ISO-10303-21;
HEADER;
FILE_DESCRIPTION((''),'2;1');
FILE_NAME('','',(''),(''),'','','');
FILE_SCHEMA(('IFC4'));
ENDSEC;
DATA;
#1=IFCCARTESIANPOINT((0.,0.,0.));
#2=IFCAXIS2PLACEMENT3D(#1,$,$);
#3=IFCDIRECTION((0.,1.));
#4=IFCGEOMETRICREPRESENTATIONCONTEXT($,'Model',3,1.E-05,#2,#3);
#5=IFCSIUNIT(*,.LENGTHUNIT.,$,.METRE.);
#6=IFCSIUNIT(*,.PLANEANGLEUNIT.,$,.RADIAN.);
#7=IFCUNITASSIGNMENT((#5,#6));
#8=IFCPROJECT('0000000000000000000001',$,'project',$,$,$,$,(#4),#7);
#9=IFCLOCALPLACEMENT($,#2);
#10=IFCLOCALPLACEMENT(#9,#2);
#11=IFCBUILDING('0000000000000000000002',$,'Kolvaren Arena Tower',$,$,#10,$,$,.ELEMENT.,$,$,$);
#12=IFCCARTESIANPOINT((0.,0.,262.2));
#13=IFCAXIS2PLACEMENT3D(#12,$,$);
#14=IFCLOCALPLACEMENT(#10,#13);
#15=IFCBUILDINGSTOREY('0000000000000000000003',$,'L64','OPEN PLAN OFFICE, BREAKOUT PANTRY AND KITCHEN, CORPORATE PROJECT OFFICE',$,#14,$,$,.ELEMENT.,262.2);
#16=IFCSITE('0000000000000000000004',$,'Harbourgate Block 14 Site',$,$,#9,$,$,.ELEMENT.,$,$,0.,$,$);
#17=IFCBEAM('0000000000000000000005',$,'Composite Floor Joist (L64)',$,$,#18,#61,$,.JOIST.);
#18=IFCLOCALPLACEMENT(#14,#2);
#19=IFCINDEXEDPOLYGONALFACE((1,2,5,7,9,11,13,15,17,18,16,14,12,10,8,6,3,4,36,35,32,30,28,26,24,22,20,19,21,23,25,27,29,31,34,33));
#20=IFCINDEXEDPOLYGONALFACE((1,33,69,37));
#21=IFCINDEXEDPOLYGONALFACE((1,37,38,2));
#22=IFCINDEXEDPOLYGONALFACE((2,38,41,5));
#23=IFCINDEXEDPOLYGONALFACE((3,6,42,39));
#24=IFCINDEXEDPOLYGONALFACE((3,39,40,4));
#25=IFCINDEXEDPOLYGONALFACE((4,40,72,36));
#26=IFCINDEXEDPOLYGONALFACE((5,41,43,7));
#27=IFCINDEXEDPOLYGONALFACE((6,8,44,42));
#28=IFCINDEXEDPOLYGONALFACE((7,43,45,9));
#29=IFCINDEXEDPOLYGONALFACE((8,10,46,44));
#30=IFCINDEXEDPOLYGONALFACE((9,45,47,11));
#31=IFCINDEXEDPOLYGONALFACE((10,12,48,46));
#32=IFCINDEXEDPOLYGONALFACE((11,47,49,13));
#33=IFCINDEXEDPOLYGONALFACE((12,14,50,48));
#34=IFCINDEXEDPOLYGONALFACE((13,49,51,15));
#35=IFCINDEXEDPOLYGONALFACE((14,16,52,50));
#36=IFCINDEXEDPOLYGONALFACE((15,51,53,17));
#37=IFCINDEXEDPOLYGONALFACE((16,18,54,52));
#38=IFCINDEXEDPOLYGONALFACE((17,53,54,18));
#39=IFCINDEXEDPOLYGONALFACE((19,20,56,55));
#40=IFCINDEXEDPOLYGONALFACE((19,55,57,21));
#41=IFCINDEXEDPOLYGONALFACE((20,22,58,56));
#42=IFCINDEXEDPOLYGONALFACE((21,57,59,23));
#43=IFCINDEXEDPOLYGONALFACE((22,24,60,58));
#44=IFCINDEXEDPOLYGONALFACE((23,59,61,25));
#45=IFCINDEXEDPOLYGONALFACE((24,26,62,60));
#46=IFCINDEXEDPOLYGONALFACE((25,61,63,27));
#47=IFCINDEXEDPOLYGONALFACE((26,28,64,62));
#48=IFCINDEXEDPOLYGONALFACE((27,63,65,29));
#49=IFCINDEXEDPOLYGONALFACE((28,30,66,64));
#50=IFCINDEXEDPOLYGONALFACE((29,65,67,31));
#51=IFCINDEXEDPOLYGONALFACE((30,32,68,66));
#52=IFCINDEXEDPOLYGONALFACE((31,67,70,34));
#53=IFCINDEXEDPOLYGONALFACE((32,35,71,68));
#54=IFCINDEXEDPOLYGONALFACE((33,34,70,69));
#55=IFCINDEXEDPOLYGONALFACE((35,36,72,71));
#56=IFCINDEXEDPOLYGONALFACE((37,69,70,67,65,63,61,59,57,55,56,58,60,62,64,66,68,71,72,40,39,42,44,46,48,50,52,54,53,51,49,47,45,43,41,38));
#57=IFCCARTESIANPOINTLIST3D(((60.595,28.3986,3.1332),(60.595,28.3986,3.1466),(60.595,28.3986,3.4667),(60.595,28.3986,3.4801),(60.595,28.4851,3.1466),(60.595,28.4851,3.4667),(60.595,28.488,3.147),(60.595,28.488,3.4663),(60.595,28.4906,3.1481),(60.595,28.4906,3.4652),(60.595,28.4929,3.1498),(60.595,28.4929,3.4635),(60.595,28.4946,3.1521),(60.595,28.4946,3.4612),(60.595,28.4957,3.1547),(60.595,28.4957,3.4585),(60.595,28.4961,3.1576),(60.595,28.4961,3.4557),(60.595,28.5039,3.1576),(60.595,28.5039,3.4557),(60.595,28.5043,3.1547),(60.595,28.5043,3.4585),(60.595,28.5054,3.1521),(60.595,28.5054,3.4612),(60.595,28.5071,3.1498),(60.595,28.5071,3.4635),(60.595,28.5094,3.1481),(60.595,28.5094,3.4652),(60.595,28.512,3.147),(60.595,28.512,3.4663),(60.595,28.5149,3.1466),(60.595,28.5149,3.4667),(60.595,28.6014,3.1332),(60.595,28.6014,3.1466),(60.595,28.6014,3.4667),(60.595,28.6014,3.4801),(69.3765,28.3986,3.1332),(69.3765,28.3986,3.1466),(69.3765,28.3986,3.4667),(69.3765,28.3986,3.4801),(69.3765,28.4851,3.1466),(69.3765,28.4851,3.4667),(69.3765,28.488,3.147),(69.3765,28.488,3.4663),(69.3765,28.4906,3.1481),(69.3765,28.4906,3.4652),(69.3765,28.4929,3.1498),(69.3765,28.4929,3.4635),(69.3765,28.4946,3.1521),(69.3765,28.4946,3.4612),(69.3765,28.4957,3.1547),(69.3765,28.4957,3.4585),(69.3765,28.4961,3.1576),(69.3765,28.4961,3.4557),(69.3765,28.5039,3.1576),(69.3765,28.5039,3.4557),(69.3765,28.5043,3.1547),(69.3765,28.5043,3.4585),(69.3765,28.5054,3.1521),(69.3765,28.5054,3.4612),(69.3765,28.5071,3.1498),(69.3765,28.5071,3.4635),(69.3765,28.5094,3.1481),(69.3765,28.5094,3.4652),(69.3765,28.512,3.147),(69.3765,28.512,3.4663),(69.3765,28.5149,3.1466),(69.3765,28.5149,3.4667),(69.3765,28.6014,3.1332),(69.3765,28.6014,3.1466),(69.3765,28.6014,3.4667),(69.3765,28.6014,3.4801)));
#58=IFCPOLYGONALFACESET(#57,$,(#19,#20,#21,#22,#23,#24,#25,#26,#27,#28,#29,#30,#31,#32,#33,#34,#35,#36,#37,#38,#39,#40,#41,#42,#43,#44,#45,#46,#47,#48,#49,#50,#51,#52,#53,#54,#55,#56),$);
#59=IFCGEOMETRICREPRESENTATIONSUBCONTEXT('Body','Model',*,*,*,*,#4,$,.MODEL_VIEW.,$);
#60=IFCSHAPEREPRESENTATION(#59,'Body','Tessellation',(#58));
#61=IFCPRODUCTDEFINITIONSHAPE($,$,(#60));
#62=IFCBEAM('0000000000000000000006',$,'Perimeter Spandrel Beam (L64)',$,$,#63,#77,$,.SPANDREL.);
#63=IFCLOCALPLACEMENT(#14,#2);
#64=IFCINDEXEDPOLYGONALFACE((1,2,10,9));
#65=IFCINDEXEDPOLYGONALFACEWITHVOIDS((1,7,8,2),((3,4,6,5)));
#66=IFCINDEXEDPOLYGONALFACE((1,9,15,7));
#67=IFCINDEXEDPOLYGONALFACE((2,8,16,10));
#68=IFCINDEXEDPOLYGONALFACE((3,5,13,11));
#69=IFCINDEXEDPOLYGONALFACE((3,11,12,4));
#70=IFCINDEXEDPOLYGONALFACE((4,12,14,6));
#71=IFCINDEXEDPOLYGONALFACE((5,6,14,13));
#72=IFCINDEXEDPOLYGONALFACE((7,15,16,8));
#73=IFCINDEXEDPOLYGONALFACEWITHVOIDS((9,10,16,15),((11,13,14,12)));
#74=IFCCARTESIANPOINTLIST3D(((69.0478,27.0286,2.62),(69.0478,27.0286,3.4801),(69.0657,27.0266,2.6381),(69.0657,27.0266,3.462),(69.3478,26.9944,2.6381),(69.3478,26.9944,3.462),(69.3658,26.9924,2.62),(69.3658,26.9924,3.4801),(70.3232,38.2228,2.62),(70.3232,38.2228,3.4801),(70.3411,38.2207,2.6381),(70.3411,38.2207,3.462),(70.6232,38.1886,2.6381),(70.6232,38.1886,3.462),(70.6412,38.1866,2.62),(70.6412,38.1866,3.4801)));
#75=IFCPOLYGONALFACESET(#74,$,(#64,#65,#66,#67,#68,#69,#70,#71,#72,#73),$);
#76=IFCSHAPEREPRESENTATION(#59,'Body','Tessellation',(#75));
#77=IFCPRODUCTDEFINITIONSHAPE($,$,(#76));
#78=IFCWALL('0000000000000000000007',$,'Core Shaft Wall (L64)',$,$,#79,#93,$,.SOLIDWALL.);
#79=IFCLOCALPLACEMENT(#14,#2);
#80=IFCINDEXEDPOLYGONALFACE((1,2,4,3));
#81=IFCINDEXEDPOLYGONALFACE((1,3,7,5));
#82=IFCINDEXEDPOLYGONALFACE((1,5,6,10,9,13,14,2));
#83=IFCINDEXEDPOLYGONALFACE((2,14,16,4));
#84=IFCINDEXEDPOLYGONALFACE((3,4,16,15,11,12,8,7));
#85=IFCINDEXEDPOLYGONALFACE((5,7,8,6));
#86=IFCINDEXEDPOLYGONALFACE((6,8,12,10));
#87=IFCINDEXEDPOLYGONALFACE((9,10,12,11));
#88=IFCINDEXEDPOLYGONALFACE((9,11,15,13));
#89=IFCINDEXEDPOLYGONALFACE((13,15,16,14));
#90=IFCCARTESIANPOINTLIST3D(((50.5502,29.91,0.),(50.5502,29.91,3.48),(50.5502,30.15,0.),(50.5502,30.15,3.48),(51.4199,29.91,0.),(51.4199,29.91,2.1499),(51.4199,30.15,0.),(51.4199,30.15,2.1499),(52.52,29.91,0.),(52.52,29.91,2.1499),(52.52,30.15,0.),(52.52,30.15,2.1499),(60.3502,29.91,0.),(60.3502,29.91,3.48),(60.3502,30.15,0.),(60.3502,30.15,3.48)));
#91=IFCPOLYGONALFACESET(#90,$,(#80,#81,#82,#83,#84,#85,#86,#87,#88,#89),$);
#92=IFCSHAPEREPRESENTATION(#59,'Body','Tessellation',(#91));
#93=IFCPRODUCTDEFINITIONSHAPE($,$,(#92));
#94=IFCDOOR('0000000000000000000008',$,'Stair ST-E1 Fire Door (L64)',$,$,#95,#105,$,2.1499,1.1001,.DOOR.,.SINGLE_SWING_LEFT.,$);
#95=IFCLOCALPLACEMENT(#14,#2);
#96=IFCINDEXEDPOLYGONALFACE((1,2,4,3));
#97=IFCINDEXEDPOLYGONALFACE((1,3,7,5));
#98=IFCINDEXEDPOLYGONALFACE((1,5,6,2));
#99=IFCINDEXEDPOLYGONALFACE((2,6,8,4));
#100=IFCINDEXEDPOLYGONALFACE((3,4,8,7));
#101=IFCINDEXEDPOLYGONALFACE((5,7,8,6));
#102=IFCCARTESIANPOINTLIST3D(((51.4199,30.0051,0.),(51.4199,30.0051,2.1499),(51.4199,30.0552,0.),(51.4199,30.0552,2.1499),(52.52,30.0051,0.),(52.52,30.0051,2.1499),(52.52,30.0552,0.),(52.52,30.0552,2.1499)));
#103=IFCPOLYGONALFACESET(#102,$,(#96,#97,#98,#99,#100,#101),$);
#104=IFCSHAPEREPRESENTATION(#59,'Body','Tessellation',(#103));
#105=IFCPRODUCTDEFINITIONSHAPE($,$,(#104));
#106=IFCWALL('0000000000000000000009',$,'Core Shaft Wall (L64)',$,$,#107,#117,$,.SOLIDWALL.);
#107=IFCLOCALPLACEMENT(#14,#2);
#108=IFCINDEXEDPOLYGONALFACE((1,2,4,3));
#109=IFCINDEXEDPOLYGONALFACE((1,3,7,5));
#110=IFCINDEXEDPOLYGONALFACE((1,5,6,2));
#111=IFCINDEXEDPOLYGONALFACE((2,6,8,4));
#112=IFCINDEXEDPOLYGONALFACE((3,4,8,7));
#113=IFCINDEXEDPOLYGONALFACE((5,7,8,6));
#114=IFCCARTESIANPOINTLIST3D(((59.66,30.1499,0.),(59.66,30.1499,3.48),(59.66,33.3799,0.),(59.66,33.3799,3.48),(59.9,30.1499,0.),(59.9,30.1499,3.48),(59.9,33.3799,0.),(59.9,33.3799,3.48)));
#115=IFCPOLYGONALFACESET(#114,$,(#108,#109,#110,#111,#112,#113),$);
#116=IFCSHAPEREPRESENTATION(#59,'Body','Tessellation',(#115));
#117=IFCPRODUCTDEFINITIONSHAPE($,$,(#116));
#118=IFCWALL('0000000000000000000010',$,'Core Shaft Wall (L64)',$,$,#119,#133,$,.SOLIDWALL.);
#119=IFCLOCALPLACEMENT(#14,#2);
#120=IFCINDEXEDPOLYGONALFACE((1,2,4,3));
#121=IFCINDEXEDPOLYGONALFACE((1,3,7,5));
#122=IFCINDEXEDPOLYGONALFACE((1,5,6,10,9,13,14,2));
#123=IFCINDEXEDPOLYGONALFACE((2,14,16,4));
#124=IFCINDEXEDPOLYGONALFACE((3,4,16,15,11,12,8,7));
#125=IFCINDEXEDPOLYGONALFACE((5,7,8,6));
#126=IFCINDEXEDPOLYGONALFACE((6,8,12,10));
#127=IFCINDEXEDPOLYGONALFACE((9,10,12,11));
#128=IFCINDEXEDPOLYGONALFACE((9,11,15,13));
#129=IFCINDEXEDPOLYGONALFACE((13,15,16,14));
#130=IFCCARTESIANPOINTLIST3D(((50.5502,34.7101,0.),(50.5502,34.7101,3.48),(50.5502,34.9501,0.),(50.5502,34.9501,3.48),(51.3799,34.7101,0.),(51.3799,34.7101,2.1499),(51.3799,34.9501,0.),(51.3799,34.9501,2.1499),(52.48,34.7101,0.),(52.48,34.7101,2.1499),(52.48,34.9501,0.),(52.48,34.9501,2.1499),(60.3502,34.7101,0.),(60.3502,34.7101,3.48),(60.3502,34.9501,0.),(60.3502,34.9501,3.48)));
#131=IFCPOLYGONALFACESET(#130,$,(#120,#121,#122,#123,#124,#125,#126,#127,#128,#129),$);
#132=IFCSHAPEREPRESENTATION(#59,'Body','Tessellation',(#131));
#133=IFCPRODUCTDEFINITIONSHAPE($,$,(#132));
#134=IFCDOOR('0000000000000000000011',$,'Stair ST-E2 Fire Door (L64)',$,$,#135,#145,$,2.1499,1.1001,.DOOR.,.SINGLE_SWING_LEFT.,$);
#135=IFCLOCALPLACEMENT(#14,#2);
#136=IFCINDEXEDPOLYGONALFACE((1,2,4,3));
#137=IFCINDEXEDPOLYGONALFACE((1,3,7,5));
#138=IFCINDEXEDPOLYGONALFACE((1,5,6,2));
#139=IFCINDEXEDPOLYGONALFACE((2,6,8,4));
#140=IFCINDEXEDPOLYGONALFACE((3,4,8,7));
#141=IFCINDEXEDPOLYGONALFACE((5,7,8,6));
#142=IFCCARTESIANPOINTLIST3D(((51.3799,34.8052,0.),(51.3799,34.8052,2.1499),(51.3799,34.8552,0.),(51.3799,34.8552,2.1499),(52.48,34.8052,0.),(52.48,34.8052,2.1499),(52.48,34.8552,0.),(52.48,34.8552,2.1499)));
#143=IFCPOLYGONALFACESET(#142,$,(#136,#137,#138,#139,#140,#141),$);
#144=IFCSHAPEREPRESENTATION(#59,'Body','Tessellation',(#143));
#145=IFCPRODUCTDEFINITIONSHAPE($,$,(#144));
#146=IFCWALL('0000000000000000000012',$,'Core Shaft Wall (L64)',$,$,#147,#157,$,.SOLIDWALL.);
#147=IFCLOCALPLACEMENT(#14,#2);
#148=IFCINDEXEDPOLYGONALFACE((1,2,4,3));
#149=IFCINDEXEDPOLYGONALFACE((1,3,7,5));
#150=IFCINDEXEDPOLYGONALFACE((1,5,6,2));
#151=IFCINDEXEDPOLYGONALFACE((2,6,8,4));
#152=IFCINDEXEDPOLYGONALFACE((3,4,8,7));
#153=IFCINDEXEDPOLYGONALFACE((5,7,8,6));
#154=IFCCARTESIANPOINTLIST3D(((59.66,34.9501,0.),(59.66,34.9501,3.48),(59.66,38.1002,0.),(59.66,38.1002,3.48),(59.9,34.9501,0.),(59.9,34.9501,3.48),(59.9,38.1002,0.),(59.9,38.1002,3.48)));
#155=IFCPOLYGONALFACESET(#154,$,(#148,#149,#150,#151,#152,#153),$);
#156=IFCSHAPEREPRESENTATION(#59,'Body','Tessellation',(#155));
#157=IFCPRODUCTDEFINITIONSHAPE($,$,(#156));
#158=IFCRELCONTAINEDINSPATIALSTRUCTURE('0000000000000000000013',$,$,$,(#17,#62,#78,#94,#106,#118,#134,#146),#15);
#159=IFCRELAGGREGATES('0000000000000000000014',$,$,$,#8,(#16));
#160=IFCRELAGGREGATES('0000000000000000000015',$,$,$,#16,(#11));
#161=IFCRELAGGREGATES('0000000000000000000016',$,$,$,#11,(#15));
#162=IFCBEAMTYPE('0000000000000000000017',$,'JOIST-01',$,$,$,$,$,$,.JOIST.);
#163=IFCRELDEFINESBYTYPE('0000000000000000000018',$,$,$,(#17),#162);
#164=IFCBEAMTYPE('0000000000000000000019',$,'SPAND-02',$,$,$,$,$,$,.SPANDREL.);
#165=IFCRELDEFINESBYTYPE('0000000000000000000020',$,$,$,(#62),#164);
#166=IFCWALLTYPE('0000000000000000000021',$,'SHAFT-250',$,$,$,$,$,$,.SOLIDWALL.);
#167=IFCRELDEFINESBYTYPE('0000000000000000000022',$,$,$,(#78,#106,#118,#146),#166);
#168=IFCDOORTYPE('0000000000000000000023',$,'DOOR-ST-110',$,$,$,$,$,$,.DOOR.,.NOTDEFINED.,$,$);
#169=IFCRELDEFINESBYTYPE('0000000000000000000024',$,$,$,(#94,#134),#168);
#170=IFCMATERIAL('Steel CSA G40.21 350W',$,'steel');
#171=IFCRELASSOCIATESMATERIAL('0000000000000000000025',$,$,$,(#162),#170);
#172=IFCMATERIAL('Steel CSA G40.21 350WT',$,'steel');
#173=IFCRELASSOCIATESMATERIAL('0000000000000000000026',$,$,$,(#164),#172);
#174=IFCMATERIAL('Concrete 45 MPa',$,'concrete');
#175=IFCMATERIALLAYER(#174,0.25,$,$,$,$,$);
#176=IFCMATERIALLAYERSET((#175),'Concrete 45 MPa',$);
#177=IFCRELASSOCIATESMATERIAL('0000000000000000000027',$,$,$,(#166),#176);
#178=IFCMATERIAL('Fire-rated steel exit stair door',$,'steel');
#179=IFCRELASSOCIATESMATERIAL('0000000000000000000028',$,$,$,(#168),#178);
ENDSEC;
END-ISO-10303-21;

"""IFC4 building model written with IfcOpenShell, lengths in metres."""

from ifc_helpers import new_model, si_unit, direction, frame, frame_2d, origin, origin_2d, place, context, subcontext, project, spatial, rectangle, hollow_rectangle, i_section, extrude, material, layer, layer_set, material_profile, profile_set, type_object, element, fill, save


model = new_model("IFC4")

# Units and contexts
model_context = context("Model", 3, precision=1e-05, world=origin(), true_north=direction((0.0, 1.0)))
body_context = subcontext(model_context, "Body", "Model", "MODEL_VIEW")
ifc_project = project(units=[si_unit("LENGTHUNIT", "METRE"), si_unit("PLANEANGLEUNIT", "RADIAN")], contexts=[model_context])

# Site, building, storey
site_placement = place(None, origin())
site = spatial("IfcSite", under=ifc_project, at=site_placement, Name="Harbourgate Block 14 Site", CompositionType="ELEMENT", RefElevation=0.0)
building_placement = place(site_placement, origin())
building = spatial("IfcBuilding", under=site, at=building_placement, Name="Kolvaren Arena Tower", CompositionType="ELEMENT")
storey_placement = place(building_placement, frame((0.0, 0.0, 262.2)))
storey = spatial("IfcBuildingStorey", under=building, at=storey_placement, Name="L64", Description="OPEN PLAN OFFICE, BREAKOUT PANTRY AND KITCHEN, CORPORATE PROJECT OFFICE", CompositionType="ELEMENT", Elevation=262.2)

# Beams
ifc_material_1 = material(Name="Steel CSA G40.21 350W", Category="steel")
ifc_material_profile_1 = material_profile(ifc_material_1, i_section(OverallWidth=0.2029, OverallDepth=0.3469, WebThickness=0.0078, FlangeThickness=0.0134, FilletRadius=0.011, at=origin_2d()), Name="W360x64")
ifc_profile_set_1 = profile_set([ifc_material_profile_1], Name="Steel CSA G40.21 350W")
beam_type_1 = type_object("IfcBeamType", Name="JOIST-01", PredefinedType="JOIST", material=ifc_profile_set_1)
beam_1_placement = place(storey_placement, frame((60.595, 28.5, 3.3066), z_axis=(1.0, 0.0, 0.0), x_axis=(0.0, 1.0, 0.0)))
element("IfcBeam", 1, at=beam_1_placement, inside=storey, type_object=beam_type_1, Name="Composite Floor Joist (L64)", PredefinedType="JOIST", context=body_context, shape_type="SweptSolid", body=[
    extrude(i_section(OverallWidth=0.2029, OverallDepth=0.3469, WebThickness=0.0078, FlangeThickness=0.0134, FilletRadius=0.011, at=origin_2d()), origin(), (0.0, 0.0, 1.0), 8.7815),
])
ifc_material_2 = material(Name="Steel CSA G40.21 350WT", Category="steel")
ifc_material_profile_2 = material_profile(ifc_material_2, hollow_rectangle(XDim=0.3201, YDim=0.8601, WallThickness=0.0181, at=origin_2d()), Name="HSS 860x320x18")
ifc_profile_set_2 = profile_set([ifc_material_profile_2], Name="Steel CSA G40.21 350WT")
beam_type_2 = type_object("IfcBeamType", Name="SPAND-02", PredefinedType="SPANDREL", material=ifc_profile_set_2)
beam_2_placement = place(storey_placement, frame((69.2068, 27.0105, 3.05), z_axis=(0.113202, 0.993572, 0.0), x_axis=(-0.993572, 0.113202, 0.0)))
element("IfcBeam", 2, at=beam_2_placement, inside=storey, type_object=beam_type_2, Name="Perimeter Spandrel Beam (L64)", PredefinedType="SPANDREL", context=body_context, shape_type="SweptSolid", body=[
    extrude(hollow_rectangle(XDim=0.3201, YDim=0.8601, WallThickness=0.0181, at=origin_2d()), origin(), (0.0, 0.0, 1.0), 11.2666),
])

# Wall, opening, door
ifc_material_3 = material(Name="Concrete 45 MPa", Category="concrete")
ifc_layer = layer(ifc_material_3, 0.25)
ifc_layer_set = layer_set([ifc_layer], Name="Concrete 45 MPa")
wall_type = type_object("IfcWallType", Name="SHAFT-250", PredefinedType="SOLIDWALL", material=ifc_layer_set)
wall_1_placement = place(storey_placement, frame((60.3501, 30.03, 0.0), z_axis=(0.0, 0.0, 1.0), x_axis=(-1.0, 0.0, 0.0)))
wall_1 = element("IfcWall", 3, at=wall_1_placement, inside=storey, type_object=wall_type, Name="Core Shaft Wall (L64)", PredefinedType="SOLIDWALL", context=body_context, shape_type="SweptSolid", body=[
    extrude(rectangle(XDim=9.8, YDim=0.24, at=frame_2d((4.8999, 0.0))), origin(), (0.0, 0.0, 1.0), 3.48),
])
opening_1_placement = place(wall_1_placement, frame((7.8301, 0.0, 0.0)))
opening_1 = element("IfcOpeningElement", 4, at=opening_1_placement, cuts=wall_1, PredefinedType="OPENING", context=body_context, shape_type="SweptSolid", body=[
    extrude(rectangle(XDim=1.1001, YDim=2.1499, at=frame_2d((0.55, 1.075))), frame((0.0, 0.1299, 0.0), z_axis=(0.0, -1.0, 0.0), x_axis=(1.0, 0.0, 0.0)), (0.0, 0.0, 1.0), 0.26),
])
ifc_material_4 = material(Name="Fire-rated steel exit stair door", Category="steel")
door_type_1 = type_object("IfcDoorType", Name="DOOR-ST-110", OperationType="NOTDEFINED", PredefinedType="DOOR", material=ifc_material_4)
door_1_placement = place(opening_1_placement, origin())
door_1 = element("IfcDoor", 5, at=door_1_placement, inside=storey, type_object=door_type_1, Name="Stair ST-E1 Fire Door (L64)", OperationType="SINGLE_SWING_LEFT", OverallHeight=2.1499, OverallWidth=1.1001, PredefinedType="DOOR", context=body_context, shape_type="SweptSolid", body=[
    extrude(rectangle(XDim=1.1001, YDim=2.1499, at=frame_2d((0.55, 1.075))), frame((0.0, 0.0249, 0.0), z_axis=(0.0, -1.0, 0.0), x_axis=(1.0, 0.0, 0.0)), (0.0, 0.0, 1.0), 0.05),
])
fill(opening_1, door_1)

# Wall
wall_2_placement = place(storey_placement, frame((59.78, 30.1499, 0.0), z_axis=(0.0, 0.0, 1.0), x_axis=(0.0, 1.0, 0.0)))
element("IfcWall", 6, at=wall_2_placement, inside=storey, type_object=wall_type, Name="Core Shaft Wall (L64)", PredefinedType="SOLIDWALL", context=body_context, shape_type="SweptSolid", body=[
    extrude(rectangle(XDim=3.23, YDim=0.24, at=frame_2d((1.615, 0.0))), origin(), (0.0, 0.0, 1.0), 3.48),
])

# Wall, opening, door
wall_3_placement = place(storey_placement, frame((60.3501, 34.8301, 0.0), z_axis=(0.0, 0.0, 1.0), x_axis=(-1.0, 0.0, 0.0)))
wall_3 = element("IfcWall", 7, at=wall_3_placement, inside=storey, type_object=wall_type, Name="Core Shaft Wall (L64)", PredefinedType="SOLIDWALL", context=body_context, shape_type="SweptSolid", body=[
    extrude(rectangle(XDim=9.8, YDim=0.24, at=frame_2d((4.8999, 0.0))), origin(), (0.0, 0.0, 1.0), 3.48),
])
opening_2_placement = place(wall_3_placement, frame((7.8701, 0.0, 0.0)))
opening_2 = element("IfcOpeningElement", 8, at=opening_2_placement, cuts=wall_3, PredefinedType="OPENING", context=body_context, shape_type="SweptSolid", body=[
    extrude(rectangle(XDim=1.1001, YDim=2.1499, at=frame_2d((0.55, 1.075))), frame((0.0, 0.1299, 0.0), z_axis=(0.0, -1.0, 0.0), x_axis=(1.0, 0.0, 0.0)), (0.0, 0.0, 1.0), 0.26),
])
door_2_placement = place(opening_2_placement, origin())
door_2 = element("IfcDoor", 9, at=door_2_placement, inside=storey, type_object=door_type_1, Name="Stair ST-E2 Fire Door (L64)", OperationType="SINGLE_SWING_LEFT", OverallHeight=2.1499, OverallWidth=1.1001, PredefinedType="DOOR", context=body_context, shape_type="SweptSolid", body=[
    extrude(rectangle(XDim=1.1001, YDim=2.1499, at=frame_2d((0.55, 1.075))), frame((0.0, 0.0249, 0.0), z_axis=(0.0, -1.0, 0.0), x_axis=(1.0, 0.0, 0.0)), (0.0, 0.0, 1.0), 0.05),
])
fill(opening_2, door_2)

# Wall
wall_4_placement = place(storey_placement, frame((59.78, 34.95, 0.0), z_axis=(0.0, 0.0, 1.0), x_axis=(0.0, 1.0, 0.0)))
element("IfcWall", 10, at=wall_4_placement, inside=storey, type_object=wall_type, Name="Core Shaft Wall (L64)", PredefinedType="SOLIDWALL", context=body_context, shape_type="SweptSolid", body=[
    extrude(rectangle(XDim=3.1501, YDim=0.24, at=frame_2d((1.5752, 0.0))), origin(), (0.0, 0.0, 1.0), 3.48),
])

save(model, "model.ifc")
